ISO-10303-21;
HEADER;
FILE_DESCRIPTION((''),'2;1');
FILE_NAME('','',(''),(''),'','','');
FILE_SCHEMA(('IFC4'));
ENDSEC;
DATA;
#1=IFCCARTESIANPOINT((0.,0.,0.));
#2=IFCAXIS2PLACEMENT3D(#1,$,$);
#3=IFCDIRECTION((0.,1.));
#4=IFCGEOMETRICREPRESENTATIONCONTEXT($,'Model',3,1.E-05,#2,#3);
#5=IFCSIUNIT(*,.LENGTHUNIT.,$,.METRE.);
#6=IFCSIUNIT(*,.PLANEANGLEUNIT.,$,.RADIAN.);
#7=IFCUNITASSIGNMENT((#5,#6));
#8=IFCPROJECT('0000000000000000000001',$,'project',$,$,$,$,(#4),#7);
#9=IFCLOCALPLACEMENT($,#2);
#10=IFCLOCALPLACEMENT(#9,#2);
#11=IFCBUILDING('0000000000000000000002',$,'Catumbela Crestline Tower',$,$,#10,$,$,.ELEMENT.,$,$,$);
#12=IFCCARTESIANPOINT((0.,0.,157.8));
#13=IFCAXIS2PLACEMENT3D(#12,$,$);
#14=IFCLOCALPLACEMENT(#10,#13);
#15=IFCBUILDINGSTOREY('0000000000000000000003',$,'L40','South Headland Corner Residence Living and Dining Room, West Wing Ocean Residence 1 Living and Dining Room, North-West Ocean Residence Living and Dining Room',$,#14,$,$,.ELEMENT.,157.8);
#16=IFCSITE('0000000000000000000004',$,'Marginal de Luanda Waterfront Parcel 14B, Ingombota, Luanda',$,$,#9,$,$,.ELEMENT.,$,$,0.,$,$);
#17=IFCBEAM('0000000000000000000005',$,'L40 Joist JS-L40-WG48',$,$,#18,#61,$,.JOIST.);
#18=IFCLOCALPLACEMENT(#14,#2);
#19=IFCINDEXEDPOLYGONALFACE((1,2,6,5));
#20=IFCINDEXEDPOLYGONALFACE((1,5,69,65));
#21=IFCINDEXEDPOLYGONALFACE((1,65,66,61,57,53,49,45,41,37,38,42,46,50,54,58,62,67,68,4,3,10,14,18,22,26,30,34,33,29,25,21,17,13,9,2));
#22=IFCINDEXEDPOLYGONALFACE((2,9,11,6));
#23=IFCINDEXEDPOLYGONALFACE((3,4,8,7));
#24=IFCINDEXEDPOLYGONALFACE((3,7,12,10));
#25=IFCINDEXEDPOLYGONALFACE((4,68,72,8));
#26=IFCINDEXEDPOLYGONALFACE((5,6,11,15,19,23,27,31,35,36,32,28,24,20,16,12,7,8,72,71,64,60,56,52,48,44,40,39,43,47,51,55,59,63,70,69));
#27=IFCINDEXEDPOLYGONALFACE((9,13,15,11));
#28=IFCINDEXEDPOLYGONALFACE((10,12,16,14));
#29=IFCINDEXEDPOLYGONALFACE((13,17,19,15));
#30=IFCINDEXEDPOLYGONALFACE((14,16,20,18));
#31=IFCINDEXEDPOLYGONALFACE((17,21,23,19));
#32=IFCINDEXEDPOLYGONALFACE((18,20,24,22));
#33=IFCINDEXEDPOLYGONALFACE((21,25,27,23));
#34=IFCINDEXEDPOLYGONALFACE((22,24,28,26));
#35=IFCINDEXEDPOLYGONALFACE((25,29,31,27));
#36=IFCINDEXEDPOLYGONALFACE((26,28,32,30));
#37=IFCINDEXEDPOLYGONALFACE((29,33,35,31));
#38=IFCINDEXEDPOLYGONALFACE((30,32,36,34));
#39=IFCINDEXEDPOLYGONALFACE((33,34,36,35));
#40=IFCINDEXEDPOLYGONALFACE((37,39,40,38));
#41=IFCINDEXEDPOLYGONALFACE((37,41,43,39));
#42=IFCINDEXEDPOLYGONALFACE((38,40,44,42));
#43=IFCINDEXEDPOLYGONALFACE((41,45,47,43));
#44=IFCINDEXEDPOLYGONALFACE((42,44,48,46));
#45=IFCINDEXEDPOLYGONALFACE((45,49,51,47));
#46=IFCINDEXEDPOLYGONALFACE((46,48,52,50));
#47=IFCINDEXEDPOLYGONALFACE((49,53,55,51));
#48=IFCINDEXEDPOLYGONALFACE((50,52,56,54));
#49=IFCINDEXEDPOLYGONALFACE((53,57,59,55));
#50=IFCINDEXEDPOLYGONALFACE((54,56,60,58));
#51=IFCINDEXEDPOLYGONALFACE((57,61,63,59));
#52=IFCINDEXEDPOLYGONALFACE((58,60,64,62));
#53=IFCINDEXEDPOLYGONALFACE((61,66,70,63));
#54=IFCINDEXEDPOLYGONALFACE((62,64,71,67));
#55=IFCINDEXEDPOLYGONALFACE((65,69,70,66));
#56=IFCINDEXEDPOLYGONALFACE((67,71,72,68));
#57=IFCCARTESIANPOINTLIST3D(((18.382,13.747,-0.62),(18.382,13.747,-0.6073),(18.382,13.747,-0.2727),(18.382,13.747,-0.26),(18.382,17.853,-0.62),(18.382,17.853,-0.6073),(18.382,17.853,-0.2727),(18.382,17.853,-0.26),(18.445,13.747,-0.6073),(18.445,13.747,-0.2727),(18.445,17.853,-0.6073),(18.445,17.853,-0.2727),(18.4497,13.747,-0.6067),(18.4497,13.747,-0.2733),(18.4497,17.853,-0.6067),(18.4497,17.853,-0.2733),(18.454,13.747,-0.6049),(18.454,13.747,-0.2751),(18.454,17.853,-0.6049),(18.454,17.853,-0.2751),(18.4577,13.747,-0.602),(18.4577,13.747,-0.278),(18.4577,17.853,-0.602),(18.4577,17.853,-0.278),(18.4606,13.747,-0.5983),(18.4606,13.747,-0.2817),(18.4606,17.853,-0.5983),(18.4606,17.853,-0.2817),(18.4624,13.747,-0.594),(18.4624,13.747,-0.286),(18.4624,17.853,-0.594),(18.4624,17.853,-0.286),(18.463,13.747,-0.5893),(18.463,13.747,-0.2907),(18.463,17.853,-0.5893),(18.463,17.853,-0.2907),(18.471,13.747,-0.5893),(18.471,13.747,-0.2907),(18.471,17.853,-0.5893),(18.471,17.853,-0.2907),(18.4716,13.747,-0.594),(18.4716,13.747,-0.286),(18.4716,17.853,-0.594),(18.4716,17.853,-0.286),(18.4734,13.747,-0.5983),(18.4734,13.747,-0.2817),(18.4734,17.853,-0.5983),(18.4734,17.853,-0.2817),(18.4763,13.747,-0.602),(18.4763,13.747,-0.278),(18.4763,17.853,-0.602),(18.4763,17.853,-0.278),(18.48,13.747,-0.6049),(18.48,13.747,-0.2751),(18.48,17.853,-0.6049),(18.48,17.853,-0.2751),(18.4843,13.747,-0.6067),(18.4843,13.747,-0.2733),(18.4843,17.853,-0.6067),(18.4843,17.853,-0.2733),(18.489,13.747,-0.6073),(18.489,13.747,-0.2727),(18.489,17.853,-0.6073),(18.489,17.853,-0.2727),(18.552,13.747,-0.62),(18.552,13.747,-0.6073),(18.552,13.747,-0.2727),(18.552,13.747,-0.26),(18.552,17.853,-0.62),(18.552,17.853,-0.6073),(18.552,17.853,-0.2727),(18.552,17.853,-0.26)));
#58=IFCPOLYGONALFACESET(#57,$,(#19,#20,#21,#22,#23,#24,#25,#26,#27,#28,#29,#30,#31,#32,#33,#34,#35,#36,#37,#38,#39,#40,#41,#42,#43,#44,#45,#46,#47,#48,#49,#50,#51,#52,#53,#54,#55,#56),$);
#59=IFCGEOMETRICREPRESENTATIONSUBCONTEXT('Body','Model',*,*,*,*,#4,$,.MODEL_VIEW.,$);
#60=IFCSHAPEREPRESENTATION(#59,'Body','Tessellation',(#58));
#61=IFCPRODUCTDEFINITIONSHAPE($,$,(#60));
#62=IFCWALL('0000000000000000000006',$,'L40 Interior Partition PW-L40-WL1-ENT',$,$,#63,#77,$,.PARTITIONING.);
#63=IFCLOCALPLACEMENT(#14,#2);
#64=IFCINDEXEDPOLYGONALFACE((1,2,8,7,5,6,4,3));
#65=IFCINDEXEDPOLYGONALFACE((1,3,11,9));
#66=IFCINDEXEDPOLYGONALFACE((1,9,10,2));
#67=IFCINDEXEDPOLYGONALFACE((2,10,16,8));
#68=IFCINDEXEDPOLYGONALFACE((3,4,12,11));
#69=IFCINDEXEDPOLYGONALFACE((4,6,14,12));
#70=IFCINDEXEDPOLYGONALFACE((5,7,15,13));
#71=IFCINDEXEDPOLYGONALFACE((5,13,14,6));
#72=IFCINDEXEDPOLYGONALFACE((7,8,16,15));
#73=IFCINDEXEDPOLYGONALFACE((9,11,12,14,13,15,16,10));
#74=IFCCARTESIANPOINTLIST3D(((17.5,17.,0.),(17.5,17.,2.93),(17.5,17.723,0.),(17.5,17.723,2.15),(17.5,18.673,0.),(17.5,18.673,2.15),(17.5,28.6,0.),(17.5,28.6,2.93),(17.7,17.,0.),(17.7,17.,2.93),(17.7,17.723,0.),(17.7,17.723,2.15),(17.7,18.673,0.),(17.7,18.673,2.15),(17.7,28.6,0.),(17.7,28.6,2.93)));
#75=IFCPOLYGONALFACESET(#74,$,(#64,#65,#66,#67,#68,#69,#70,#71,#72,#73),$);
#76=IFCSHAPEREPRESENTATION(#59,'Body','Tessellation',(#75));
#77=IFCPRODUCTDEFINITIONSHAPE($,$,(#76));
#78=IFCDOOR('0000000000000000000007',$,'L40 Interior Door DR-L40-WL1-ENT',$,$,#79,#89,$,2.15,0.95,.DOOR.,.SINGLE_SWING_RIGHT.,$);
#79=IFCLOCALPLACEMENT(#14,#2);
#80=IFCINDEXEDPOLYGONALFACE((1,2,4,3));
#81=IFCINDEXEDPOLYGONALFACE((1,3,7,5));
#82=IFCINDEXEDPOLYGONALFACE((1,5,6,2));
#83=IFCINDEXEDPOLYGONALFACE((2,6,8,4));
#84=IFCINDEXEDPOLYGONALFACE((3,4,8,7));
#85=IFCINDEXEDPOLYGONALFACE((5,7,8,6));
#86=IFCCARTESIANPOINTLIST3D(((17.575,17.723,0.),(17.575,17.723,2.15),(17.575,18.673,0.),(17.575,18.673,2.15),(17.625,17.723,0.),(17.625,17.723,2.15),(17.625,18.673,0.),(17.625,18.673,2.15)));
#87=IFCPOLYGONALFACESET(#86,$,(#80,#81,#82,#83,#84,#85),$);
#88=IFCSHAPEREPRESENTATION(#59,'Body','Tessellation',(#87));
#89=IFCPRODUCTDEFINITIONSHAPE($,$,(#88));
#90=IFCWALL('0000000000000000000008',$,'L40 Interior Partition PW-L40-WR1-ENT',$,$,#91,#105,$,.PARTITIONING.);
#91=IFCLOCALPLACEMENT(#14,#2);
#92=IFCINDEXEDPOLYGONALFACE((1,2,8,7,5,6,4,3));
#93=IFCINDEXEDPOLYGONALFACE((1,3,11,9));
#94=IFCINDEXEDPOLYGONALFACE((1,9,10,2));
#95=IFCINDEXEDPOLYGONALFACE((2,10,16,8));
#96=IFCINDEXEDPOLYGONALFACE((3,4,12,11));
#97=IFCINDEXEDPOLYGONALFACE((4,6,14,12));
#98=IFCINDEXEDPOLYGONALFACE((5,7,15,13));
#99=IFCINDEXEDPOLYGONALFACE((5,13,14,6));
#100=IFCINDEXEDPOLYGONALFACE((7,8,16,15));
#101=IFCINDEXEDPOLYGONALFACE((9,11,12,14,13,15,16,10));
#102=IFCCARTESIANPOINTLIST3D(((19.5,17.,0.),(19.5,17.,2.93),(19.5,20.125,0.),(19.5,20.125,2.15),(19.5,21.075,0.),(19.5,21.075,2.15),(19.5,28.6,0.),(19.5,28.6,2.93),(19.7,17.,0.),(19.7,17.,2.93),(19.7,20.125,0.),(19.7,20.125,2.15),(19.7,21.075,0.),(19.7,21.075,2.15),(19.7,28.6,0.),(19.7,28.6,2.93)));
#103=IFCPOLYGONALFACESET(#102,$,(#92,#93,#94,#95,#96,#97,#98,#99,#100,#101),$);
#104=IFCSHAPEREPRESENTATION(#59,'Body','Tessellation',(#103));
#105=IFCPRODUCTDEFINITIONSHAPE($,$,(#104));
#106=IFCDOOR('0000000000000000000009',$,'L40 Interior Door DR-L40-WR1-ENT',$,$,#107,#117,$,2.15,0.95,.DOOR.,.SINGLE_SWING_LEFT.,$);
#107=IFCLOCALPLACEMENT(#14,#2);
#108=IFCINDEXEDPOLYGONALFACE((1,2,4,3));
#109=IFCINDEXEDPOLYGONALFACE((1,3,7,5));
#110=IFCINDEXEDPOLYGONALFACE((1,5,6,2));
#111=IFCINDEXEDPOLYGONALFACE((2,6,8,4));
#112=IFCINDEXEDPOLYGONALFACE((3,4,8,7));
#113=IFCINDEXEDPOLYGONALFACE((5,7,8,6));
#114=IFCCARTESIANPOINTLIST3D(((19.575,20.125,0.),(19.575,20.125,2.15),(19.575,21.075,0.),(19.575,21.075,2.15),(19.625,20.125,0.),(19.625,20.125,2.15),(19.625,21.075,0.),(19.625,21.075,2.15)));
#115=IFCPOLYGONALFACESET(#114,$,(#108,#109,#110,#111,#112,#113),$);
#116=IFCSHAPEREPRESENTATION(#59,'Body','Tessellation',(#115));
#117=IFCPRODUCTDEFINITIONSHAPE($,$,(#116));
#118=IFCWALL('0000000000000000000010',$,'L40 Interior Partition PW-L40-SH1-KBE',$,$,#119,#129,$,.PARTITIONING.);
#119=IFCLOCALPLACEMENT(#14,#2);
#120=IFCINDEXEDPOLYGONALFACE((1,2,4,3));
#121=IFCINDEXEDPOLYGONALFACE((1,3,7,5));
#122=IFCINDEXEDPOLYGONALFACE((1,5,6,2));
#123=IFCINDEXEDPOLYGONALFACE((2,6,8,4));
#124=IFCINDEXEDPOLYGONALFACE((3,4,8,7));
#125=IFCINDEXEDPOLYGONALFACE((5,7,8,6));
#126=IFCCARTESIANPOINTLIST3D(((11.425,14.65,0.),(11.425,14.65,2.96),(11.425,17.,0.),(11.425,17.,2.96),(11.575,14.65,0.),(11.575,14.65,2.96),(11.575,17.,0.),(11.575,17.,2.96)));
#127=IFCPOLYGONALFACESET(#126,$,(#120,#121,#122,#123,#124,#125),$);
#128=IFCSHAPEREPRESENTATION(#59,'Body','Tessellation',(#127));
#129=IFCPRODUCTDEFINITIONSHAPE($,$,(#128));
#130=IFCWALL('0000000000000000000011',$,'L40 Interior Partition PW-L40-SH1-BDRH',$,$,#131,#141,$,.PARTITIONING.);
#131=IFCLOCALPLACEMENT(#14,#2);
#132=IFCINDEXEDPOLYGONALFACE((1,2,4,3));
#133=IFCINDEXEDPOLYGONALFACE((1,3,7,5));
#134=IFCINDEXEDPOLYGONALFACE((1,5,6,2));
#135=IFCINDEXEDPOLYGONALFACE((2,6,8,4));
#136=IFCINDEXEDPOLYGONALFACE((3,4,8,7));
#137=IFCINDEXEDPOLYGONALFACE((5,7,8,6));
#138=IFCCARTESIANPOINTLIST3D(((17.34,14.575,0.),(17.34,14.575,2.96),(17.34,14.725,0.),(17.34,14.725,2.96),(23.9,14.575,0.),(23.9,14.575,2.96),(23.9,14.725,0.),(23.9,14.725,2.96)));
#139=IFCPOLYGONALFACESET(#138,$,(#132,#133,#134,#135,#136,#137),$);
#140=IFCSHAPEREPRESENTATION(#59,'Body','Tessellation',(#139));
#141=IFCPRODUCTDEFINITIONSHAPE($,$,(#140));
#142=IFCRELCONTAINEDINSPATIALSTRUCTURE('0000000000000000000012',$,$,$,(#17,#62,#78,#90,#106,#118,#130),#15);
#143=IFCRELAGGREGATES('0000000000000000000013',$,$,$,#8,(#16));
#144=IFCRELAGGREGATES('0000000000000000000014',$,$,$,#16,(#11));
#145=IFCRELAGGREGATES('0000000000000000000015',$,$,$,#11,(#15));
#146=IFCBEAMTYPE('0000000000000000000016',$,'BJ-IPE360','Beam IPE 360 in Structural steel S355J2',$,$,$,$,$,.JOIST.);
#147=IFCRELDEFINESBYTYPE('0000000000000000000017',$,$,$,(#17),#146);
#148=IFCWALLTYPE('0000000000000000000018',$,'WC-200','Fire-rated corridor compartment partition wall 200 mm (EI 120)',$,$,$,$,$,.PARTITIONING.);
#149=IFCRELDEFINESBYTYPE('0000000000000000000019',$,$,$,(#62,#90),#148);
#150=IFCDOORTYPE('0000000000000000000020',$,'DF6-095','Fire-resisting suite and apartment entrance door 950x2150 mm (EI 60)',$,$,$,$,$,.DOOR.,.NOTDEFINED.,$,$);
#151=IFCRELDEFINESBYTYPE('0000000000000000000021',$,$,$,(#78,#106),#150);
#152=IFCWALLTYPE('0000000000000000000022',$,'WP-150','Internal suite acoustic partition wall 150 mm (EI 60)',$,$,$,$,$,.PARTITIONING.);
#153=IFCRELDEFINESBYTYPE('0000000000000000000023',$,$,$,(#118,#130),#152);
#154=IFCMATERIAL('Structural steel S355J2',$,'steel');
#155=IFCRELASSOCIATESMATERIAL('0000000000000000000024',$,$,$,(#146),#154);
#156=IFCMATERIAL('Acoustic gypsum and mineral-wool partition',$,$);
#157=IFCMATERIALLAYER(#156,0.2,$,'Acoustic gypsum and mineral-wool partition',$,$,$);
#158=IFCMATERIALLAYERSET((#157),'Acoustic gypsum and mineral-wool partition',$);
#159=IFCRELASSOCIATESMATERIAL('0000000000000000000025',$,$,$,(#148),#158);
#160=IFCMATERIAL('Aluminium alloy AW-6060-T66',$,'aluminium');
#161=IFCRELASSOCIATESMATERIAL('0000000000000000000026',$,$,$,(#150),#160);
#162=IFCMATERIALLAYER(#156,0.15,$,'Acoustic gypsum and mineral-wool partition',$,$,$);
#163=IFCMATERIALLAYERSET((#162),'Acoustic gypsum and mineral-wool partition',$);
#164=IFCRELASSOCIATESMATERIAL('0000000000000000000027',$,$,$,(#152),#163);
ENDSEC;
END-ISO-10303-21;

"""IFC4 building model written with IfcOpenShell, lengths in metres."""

from ifc_helpers import new_model, si_unit, direction, frame, frame_2d, origin, origin_2d, place, context, subcontext, project, spatial, rectangle, i_section, extrude, material, layer, layer_set, material_profile, profile_set, type_object, element, fill, save


model = new_model("IFC4")

# Units and contexts
model_context = context("Model", 3, precision=1e-05, world=origin(), true_north=direction((0.0, 1.0)))
body_context = subcontext(model_context, "Body", "Model", "MODEL_VIEW")
ifc_project = project(units=[si_unit("LENGTHUNIT", "METRE"), si_unit("PLANEANGLEUNIT", "RADIAN")], contexts=[model_context])

# Site, building, storey
site_placement = place(None, origin())
site = spatial("IfcSite", under=ifc_project, at=site_placement, Name="Marginal de Luanda Waterfront Parcel 14B, Ingombota, Luanda", CompositionType="ELEMENT", RefElevation=0.0)
building_placement = place(site_placement, origin())
building = spatial("IfcBuilding", under=site, at=building_placement, Name="Catumbela Crestline Tower", CompositionType="ELEMENT")
storey_placement = place(building_placement, frame((0.0, 0.0, 157.8)))
storey = spatial("IfcBuildingStorey", under=building, at=storey_placement, Name="L40", Description="South Headland Corner Residence Living and Dining Room, West Wing Ocean Residence 1 Living and Dining Room, North-West Ocean Residence Living and Dining Room", CompositionType="ELEMENT", Elevation=157.8)

# Shared definitions
ifc_material_1 = material(Name="Structural steel S355J2", Category="steel")

# Beam
ifc_material_profile_1 = material_profile(ifc_material_1, i_section(OverallWidth=0.17, OverallDepth=0.36, WebThickness=0.008, FlangeThickness=0.0127, FilletRadius=0.018, at=origin_2d()), Name="IPE 360")
ifc_profile_set_1 = profile_set([ifc_material_profile_1], Name="Structural steel S355J2")
beam_type_1 = type_object("IfcBeamType", Name="BJ-IPE360", Description="Beam IPE 360 in Structural steel S355J2", PredefinedType="JOIST", material=ifc_profile_set_1)
for number, where, z_axis, x_axis, name in (
    (1, (18.467, 13.747, -0.44), (0.0, 1.0, 0.0), (-1.0, 0.0, 0.0), "L40 Joist JS-L40-WG48"),
):
    element("IfcBeam", number, at=place(storey_placement, frame(where, z_axis=z_axis, x_axis=x_axis)), inside=storey, type_object=beam_type_1, Name=name, PredefinedType="JOIST", context=body_context, shape_type="SweptSolid", body=[
        extrude(i_section(OverallWidth=0.17, OverallDepth=0.36, WebThickness=0.008, FlangeThickness=0.0127, FilletRadius=0.018, at=origin_2d()), origin(), (0.0, 0.0, 1.0), 4.106),
    ])

# Walls, openings, doors
ifc_material_2 = material(Name="Acoustic gypsum and mineral-wool partition")
ifc_layer_1 = layer(ifc_material_2, 0.2, Name="Acoustic gypsum and mineral-wool partition")
ifc_layer_set_1 = layer_set([ifc_layer_1], Name="Acoustic gypsum and mineral-wool partition")
wall_type_1 = type_object("IfcWallType", Name="WC-200", Description="Fire-rated corridor compartment partition wall 200 mm (EI 120)", PredefinedType="PARTITIONING", material=ifc_layer_set_1)
wall_1_placement = place(storey_placement, frame((17.6, 17.0, 0.0), z_axis=(0.0, 0.0, 1.0), x_axis=(0.0, 1.0, 0.0)))
wall_1 = element("IfcWall", 2, at=wall_1_placement, inside=storey, type_object=wall_type_1, Name="L40 Interior Partition PW-L40-WL1-ENT", PredefinedType="PARTITIONING", context=body_context, shape_type="SweptSolid", body=[
    extrude(rectangle(XDim=11.6, YDim=0.2, at=frame_2d((5.8, 0.0))), origin(), (0.0, 0.0, 1.0), 2.93),
])
opening_1_placement = place(wall_1_placement, frame((0.723, 0.0, 0.0)))
opening_1 = element("IfcOpeningElement", 3, at=opening_1_placement, cuts=wall_1, PredefinedType="OPENING", context=body_context, shape_type="SweptSolid", body=[
    extrude(rectangle(XDim=0.95, YDim=2.15, at=frame_2d((0.475, 1.075))), frame((0.0, 0.11, 0.0), z_axis=(0.0, -1.0, 0.0), x_axis=(1.0, 0.0, 0.0)), (0.0, 0.0, 1.0), 0.22),
])
ifc_material_3 = material(Name="Aluminium alloy AW-6060-T66", Category="aluminium")
door_type = type_object("IfcDoorType", Name="DF6-095", Description="Fire-resisting suite and apartment entrance door 950x2150 mm (EI 60)", OperationType="NOTDEFINED", PredefinedType="DOOR", material=ifc_material_3)
door_1_placement = place(opening_1_placement, origin())
door_1 = element("IfcDoor", 4, at=door_1_placement, inside=storey, type_object=door_type, Name="L40 Interior Door DR-L40-WL1-ENT", OperationType="SINGLE_SWING_RIGHT", OverallHeight=2.15, OverallWidth=0.95, PredefinedType="DOOR", context=body_context, shape_type="SweptSolid", body=[
    extrude(rectangle(XDim=0.95, YDim=2.15, at=frame_2d((0.475, 1.075))), frame((0.0, 0.025, 0.0), z_axis=(0.0, -1.0, 0.0), x_axis=(1.0, 0.0, 0.0)), (0.0, 0.0, 1.0), 0.05),
])
fill(opening_1, door_1)
wall_2_placement = place(storey_placement, frame((19.6, 17.0, 0.0), z_axis=(0.0, 0.0, 1.0), x_axis=(0.0, 1.0, 0.0)))
wall_2 = element("IfcWall", 5, at=wall_2_placement, inside=storey, type_object=wall_type_1, Name="L40 Interior Partition PW-L40-WR1-ENT", PredefinedType="PARTITIONING", context=body_context, shape_type="SweptSolid", body=[
    extrude(rectangle(XDim=11.6, YDim=0.2, at=frame_2d((5.8, 0.0))), origin(), (0.0, 0.0, 1.0), 2.93),
])
opening_2_placement = place(wall_2_placement, frame((3.125, 0.0, 0.0)))
opening_2 = element("IfcOpeningElement", 6, at=opening_2_placement, cuts=wall_2, PredefinedType="OPENING", context=body_context, shape_type="SweptSolid", body=[
    extrude(rectangle(XDim=0.95, YDim=2.15, at=frame_2d((0.475, 1.075))), frame((0.0, 0.11, 0.0), z_axis=(0.0, -1.0, 0.0), x_axis=(1.0, 0.0, 0.0)), (0.0, 0.0, 1.0), 0.22),
])
door_2_placement = place(opening_2_placement, origin())
door_2 = element("IfcDoor", 7, at=door_2_placement, inside=storey, type_object=door_type, Name="L40 Interior Door DR-L40-WR1-ENT", OperationType="SINGLE_SWING_LEFT", OverallHeight=2.15, OverallWidth=0.95, PredefinedType="DOOR", context=body_context, shape_type="SweptSolid", body=[
    extrude(rectangle(XDim=0.95, YDim=2.15, at=frame_2d((0.475, 1.075))), frame((0.0, 0.025, 0.0), z_axis=(0.0, -1.0, 0.0), x_axis=(1.0, 0.0, 0.0)), (0.0, 0.0, 1.0), 0.05),
])
fill(opening_2, door_2)

# Walls
ifc_layer_2 = layer(ifc_material_2, 0.15, Name="Acoustic gypsum and mineral-wool partition")
ifc_layer_set_2 = layer_set([ifc_layer_2], Name="Acoustic gypsum and mineral-wool partition")
wall_type_2 = type_object("IfcWallType", Name="WP-150", Description="Internal suite acoustic partition wall 150 mm (EI 60)", PredefinedType="PARTITIONING", material=ifc_layer_set_2)
wall_3_placement = place(storey_placement, frame((11.5, 14.65, 0.0), z_axis=(0.0, 0.0, 1.0), x_axis=(0.0, 1.0, 0.0)))
element("IfcWall", 8, at=wall_3_placement, inside=storey, type_object=wall_type_2, Name="L40 Interior Partition PW-L40-SH1-KBE", PredefinedType="PARTITIONING", context=body_context, shape_type="SweptSolid", body=[
    extrude(rectangle(XDim=2.35, YDim=0.15, at=frame_2d((1.175, 0.0))), origin(), (0.0, 0.0, 1.0), 2.96),
])
wall_4_placement = place(storey_placement, frame((17.34, 14.65, 0.0), z_axis=(0.0, 0.0, 1.0), x_axis=(1.0, 0.0, 0.0)))
element("IfcWall", 9, at=wall_4_placement, inside=storey, type_object=wall_type_2, Name="L40 Interior Partition PW-L40-SH1-BDRH", PredefinedType="PARTITIONING", context=body_context, shape_type="SweptSolid", body=[
    extrude(rectangle(XDim=6.56, YDim=0.15, at=frame_2d((3.28, 0.0))), origin(), (0.0, 0.0, 1.0), 2.96),
])

save(model, "model.ifc")
